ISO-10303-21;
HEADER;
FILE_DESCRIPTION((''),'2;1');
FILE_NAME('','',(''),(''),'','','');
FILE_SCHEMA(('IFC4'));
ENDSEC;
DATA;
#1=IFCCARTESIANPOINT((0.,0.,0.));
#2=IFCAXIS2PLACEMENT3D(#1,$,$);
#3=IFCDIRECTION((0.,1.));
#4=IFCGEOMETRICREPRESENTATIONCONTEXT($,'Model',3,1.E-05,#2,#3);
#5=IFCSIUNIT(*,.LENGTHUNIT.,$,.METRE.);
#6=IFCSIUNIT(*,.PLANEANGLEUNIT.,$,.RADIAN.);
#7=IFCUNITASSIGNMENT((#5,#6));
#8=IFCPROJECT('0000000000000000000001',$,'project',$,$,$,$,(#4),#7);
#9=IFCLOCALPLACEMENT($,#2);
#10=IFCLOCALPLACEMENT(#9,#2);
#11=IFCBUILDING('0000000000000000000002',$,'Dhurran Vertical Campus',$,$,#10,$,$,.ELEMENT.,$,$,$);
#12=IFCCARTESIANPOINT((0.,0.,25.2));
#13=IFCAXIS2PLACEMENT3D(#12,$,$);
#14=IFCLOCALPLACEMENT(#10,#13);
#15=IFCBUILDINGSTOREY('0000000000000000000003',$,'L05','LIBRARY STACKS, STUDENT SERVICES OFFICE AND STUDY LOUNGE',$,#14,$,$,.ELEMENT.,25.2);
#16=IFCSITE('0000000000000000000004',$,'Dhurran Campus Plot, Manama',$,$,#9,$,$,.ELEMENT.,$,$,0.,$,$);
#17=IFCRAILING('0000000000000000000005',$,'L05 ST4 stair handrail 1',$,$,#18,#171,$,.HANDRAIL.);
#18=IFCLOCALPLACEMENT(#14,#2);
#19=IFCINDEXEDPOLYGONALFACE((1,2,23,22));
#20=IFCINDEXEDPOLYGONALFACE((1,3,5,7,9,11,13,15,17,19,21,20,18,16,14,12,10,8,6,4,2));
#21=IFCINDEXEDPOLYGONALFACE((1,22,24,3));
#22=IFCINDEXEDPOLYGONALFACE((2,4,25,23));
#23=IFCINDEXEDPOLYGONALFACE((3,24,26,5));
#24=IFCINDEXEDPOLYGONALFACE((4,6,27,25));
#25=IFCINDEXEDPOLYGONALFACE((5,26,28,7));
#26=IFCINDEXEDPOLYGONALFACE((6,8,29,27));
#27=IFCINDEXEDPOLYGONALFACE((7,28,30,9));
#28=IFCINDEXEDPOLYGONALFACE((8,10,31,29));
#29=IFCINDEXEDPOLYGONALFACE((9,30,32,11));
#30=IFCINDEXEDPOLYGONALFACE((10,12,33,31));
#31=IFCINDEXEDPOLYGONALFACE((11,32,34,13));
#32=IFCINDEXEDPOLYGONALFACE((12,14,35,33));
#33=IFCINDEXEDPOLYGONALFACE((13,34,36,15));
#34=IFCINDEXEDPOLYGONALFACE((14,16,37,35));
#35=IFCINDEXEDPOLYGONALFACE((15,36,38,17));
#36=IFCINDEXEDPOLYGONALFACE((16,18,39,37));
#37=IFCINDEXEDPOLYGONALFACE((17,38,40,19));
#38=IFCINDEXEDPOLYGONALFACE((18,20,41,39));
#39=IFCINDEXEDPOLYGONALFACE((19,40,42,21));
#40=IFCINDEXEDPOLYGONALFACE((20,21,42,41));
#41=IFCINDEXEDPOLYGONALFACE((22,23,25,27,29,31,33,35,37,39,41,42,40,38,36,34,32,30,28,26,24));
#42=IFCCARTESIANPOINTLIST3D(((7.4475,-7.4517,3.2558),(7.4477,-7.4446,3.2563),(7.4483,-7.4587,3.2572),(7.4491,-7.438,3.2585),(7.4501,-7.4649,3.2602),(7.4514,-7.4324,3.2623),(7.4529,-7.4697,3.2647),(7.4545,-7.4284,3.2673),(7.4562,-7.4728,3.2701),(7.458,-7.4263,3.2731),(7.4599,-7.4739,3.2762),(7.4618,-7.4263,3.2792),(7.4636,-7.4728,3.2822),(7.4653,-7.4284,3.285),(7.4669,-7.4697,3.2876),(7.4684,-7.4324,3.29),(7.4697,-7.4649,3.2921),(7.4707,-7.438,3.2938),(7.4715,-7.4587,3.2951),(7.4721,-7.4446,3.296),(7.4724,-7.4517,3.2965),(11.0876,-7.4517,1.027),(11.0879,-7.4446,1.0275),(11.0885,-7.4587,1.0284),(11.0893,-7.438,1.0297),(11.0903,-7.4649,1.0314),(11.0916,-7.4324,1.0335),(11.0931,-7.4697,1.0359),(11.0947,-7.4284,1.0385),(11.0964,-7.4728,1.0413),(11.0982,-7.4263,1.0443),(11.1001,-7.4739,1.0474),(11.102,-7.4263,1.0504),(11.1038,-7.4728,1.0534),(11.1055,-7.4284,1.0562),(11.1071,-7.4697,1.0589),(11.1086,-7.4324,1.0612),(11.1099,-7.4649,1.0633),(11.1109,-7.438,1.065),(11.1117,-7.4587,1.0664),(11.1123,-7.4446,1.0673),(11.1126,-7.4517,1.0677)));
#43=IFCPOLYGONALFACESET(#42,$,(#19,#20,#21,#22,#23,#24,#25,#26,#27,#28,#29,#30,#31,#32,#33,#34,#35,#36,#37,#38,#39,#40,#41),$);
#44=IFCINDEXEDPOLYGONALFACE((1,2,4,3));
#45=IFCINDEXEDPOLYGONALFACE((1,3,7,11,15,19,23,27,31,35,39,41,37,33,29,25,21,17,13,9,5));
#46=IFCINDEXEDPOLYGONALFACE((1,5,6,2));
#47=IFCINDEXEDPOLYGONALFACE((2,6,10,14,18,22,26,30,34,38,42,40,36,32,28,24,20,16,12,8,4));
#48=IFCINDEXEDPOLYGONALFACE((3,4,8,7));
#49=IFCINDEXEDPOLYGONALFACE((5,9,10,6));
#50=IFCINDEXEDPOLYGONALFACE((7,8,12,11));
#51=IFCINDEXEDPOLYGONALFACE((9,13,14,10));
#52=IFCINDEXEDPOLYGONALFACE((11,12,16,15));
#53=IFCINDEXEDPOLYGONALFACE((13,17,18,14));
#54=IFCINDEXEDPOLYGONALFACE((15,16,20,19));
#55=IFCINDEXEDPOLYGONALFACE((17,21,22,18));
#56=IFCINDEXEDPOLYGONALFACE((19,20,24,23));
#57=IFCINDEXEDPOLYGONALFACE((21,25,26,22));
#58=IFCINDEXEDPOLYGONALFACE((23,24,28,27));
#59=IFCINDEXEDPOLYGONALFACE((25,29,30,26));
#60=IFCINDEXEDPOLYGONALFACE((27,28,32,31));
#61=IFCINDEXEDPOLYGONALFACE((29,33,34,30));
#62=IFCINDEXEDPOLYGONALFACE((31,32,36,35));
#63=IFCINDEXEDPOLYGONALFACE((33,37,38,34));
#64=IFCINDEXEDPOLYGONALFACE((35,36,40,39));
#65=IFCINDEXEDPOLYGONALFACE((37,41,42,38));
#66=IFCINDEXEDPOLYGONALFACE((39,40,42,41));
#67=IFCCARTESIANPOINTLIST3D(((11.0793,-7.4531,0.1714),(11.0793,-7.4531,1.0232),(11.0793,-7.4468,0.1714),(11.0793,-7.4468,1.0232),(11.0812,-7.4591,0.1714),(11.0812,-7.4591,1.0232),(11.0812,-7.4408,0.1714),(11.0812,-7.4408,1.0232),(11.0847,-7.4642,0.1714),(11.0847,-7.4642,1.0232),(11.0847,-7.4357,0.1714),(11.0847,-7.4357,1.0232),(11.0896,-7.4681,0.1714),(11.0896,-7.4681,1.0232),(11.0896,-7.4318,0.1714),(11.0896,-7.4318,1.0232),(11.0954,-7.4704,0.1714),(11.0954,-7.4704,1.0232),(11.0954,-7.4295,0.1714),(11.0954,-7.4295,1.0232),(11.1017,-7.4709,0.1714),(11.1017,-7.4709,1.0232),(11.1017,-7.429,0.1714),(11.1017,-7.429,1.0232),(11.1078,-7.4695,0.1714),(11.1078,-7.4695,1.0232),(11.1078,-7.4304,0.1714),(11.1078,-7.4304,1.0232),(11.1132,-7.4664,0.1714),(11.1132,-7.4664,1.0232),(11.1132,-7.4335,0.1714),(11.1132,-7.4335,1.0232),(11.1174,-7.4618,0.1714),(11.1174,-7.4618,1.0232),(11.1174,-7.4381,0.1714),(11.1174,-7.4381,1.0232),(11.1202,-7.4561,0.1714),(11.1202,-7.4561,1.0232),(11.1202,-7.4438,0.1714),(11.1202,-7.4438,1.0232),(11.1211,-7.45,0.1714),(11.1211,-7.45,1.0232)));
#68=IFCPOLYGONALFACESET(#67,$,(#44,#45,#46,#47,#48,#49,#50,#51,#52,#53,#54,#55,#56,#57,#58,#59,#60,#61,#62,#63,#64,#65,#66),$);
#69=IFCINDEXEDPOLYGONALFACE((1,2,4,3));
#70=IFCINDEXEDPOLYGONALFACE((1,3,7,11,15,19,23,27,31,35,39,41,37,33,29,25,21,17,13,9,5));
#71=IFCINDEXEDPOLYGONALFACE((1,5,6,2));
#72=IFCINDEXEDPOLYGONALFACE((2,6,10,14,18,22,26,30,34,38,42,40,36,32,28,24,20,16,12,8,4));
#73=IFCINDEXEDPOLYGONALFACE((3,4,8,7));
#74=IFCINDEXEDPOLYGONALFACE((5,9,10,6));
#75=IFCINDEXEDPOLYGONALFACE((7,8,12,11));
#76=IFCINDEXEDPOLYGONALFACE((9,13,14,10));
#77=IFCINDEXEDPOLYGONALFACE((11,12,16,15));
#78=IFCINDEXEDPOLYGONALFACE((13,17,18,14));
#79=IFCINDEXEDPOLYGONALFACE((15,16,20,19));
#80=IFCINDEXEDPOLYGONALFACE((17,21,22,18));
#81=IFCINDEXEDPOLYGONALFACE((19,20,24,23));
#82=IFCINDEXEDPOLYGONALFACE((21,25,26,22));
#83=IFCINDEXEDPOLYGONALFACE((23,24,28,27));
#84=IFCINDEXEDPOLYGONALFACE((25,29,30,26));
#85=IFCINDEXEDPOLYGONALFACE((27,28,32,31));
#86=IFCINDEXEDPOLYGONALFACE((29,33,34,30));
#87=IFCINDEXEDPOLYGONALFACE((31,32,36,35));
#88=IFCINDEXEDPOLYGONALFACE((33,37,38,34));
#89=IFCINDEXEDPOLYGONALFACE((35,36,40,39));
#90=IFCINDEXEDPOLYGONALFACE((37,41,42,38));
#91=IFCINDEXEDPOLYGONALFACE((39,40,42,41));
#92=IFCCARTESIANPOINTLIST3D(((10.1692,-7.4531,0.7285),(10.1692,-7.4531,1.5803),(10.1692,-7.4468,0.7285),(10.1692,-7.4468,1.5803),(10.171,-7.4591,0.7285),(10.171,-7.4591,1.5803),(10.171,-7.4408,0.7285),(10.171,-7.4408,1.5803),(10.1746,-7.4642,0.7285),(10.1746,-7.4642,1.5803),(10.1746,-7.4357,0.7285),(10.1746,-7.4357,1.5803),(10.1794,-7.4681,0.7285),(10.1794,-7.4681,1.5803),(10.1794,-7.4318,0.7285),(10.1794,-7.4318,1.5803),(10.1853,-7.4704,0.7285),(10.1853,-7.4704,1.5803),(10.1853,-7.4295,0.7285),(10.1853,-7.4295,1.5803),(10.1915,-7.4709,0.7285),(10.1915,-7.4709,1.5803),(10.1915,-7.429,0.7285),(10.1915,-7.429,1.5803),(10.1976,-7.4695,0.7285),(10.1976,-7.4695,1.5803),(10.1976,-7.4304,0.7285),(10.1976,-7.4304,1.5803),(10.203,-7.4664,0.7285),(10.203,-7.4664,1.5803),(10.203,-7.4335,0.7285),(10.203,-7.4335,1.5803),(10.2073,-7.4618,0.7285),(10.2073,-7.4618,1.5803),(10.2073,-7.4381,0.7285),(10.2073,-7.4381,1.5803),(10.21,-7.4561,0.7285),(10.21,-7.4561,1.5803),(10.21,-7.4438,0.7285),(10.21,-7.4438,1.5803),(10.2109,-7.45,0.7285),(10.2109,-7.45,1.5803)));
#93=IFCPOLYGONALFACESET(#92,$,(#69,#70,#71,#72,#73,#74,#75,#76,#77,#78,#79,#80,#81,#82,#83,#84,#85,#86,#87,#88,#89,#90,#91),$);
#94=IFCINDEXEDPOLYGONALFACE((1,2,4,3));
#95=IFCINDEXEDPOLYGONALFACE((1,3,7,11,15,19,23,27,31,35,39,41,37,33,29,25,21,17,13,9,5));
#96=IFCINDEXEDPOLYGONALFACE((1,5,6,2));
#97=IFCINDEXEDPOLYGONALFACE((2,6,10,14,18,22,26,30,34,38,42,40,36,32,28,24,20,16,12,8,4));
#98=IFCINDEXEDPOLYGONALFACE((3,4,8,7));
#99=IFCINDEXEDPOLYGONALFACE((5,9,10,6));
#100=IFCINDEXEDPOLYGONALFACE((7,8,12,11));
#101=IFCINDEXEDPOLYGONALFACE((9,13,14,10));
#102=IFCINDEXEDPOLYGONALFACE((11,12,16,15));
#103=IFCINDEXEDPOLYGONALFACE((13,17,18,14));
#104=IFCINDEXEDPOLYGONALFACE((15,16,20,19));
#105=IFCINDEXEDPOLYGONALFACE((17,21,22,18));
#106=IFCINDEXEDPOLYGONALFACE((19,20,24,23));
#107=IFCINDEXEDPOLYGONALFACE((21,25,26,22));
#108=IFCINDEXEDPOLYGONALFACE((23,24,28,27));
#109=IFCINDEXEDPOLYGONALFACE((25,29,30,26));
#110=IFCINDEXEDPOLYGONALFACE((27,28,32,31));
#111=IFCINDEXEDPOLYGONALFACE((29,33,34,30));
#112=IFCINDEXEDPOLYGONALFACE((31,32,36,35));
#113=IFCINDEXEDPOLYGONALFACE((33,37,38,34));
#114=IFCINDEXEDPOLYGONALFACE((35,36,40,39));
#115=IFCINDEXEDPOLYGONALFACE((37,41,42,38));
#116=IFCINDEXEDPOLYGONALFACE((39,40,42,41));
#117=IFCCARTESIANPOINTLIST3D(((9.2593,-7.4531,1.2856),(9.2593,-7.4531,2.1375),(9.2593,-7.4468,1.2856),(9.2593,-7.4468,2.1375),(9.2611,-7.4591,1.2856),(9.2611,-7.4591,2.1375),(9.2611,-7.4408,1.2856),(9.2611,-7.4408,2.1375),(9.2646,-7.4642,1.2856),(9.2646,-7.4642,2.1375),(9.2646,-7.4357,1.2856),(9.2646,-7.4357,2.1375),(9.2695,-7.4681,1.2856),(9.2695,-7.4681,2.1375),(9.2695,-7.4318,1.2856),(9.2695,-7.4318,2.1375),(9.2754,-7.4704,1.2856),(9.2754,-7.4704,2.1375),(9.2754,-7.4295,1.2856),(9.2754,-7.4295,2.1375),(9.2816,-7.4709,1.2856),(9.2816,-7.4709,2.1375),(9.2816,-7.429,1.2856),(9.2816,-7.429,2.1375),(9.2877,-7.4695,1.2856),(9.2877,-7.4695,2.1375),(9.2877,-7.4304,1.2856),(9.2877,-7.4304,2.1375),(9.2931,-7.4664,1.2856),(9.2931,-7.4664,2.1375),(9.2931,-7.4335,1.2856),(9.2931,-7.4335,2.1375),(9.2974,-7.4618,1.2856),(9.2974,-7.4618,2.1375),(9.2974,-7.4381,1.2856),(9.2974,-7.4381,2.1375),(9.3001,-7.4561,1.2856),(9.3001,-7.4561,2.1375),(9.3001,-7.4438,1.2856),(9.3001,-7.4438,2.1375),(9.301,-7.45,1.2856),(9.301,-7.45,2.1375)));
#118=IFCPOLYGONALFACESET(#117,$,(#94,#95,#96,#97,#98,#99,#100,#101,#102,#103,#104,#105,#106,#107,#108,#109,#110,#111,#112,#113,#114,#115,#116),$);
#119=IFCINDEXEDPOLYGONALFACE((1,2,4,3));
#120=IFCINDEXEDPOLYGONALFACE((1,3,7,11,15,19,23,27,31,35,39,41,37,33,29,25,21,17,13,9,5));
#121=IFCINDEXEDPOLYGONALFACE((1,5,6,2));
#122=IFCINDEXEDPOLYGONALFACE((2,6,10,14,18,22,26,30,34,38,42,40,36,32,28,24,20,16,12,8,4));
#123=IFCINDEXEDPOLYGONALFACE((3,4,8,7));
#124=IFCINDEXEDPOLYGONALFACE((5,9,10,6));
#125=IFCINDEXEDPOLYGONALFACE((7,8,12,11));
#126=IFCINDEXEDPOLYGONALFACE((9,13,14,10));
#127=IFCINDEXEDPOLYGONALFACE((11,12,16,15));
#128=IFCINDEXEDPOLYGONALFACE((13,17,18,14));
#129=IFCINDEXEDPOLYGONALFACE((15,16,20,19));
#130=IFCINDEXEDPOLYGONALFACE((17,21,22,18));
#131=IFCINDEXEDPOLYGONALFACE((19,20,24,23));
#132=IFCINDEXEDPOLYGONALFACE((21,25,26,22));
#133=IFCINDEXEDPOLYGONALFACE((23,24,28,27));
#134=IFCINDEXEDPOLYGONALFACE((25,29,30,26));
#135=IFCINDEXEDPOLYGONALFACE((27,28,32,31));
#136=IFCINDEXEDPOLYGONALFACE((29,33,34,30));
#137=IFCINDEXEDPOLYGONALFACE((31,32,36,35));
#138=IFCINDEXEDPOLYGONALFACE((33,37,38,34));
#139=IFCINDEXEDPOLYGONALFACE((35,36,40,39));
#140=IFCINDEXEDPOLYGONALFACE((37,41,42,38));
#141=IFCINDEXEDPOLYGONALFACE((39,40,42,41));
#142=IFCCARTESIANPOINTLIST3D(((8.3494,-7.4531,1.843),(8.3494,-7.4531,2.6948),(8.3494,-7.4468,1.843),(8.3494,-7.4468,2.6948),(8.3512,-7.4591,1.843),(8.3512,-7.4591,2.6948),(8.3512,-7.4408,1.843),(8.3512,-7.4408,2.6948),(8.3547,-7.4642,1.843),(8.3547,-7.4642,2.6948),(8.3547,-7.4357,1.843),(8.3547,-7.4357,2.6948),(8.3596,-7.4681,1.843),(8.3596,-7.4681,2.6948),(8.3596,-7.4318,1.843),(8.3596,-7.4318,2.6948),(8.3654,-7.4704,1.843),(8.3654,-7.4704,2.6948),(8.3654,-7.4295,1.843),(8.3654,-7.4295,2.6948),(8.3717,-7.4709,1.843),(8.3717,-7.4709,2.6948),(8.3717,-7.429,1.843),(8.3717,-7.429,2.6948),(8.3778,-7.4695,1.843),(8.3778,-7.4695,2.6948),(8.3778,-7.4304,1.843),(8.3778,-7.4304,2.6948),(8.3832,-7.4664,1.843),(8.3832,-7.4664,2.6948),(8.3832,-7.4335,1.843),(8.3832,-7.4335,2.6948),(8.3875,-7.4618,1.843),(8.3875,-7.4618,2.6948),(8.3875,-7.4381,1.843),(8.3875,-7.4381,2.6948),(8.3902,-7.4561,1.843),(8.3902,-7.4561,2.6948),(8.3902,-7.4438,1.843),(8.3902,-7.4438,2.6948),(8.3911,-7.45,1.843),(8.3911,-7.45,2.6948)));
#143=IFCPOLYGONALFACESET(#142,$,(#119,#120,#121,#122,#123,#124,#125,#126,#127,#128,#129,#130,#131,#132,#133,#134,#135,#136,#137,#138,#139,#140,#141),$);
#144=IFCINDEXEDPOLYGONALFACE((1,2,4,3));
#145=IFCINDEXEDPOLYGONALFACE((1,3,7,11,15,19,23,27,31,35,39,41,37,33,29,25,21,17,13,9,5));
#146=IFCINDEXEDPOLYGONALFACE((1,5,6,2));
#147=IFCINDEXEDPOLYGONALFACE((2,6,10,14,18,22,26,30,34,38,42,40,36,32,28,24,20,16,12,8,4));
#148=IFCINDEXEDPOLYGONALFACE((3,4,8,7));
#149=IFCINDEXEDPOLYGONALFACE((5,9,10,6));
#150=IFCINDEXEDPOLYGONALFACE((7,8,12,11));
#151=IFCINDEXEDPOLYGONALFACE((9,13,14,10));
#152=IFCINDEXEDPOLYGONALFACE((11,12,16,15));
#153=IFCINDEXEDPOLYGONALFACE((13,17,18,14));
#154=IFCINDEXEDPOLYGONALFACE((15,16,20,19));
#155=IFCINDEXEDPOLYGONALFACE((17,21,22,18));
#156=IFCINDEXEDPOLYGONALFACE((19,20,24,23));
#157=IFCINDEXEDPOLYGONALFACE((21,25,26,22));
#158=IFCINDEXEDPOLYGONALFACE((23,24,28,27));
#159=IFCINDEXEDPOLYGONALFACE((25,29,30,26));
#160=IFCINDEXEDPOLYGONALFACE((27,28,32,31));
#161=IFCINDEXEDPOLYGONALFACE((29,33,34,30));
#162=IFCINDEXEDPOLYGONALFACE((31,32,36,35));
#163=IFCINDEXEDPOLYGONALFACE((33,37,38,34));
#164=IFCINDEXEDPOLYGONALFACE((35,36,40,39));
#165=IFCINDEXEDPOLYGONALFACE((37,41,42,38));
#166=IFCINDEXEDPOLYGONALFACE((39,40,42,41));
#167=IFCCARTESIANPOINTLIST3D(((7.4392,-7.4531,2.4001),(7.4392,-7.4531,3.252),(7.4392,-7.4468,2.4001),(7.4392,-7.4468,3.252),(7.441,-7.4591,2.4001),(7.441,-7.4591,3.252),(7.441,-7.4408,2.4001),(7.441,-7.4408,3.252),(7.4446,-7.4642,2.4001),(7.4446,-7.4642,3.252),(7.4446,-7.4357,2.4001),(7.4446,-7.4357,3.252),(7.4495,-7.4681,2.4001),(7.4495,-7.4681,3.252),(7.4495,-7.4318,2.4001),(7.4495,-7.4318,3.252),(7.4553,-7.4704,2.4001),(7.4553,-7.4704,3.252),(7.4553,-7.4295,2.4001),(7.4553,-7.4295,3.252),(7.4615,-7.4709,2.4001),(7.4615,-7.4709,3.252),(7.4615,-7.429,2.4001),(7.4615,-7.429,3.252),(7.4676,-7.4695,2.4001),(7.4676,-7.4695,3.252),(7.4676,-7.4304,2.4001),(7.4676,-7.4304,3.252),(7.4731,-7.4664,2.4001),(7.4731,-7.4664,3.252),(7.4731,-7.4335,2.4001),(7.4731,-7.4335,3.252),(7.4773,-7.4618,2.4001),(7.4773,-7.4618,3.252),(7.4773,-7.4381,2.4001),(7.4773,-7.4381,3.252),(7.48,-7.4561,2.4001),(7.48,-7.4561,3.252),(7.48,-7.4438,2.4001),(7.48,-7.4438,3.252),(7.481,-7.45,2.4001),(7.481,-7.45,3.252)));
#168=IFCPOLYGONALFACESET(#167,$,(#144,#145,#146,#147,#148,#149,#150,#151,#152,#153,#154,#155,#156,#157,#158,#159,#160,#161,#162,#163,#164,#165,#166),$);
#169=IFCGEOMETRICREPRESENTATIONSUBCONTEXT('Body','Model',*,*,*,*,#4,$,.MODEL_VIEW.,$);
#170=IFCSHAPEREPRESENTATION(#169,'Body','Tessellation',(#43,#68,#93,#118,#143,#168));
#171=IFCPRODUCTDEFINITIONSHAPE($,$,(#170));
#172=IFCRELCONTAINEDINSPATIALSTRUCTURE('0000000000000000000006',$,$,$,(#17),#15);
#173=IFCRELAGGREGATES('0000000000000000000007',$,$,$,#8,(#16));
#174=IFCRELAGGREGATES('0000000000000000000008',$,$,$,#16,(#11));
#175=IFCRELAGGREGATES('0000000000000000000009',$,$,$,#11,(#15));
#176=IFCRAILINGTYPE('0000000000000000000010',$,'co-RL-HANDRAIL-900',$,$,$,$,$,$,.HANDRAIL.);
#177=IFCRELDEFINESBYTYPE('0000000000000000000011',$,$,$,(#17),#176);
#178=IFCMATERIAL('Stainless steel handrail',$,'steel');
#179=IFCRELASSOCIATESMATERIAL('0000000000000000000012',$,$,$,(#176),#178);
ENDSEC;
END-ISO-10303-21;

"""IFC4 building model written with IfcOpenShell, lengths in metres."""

from ifc_helpers import new_model, si_unit, direction, frame, origin, origin_2d, place, context, subcontext, project, spatial, circle, extrude, material, type_object, element, save


model = new_model("IFC4")

# Units and contexts
model_context = context("Model", 3, precision=1e-05, world=origin(), true_north=direction((0.0, 1.0)))
body_context = subcontext(model_context, "Body", "Model", "MODEL_VIEW")
ifc_project = project(units=[si_unit("LENGTHUNIT", "METRE"), si_unit("PLANEANGLEUNIT", "RADIAN")], contexts=[model_context])

# Site, building, storey
site_placement = place(None, origin())
site = spatial("IfcSite", under=ifc_project, at=site_placement, Name="Dhurran Campus Plot, Manama", CompositionType="ELEMENT", RefElevation=0.0)
building_placement = place(site_placement, origin())
building = spatial("IfcBuilding", under=site, at=building_placement, Name="Dhurran Vertical Campus", CompositionType="ELEMENT")
storey_placement = place(building_placement, frame((0.0, 0.0, 25.2)))
storey = spatial("IfcBuildingStorey", under=building, at=storey_placement, Name="L05", Description="LIBRARY STACKS, STUDENT SERVICES OFFICE AND STUDY LOUNGE", CompositionType="ELEMENT", Elevation=25.2)

# Railing
ifc_material_1 = material(Name="Stainless steel handrail", Category="steel")
railing_type_1 = type_object("IfcRailingType", Name="co-RL-HANDRAIL-900", PredefinedType="HANDRAIL", material=ifc_material_1)
railing_1_placement = place(storey_placement, frame((11.1001, -7.45, 0.1714)))
element("IfcRailing", 1, at=railing_1_placement, inside=storey, type_object=railing_type_1, Name="L05 ST4 stair handrail 1", PredefinedType="HANDRAIL", context=body_context, shape_type="SweptSolid", body=[
    extrude(circle(Radius=0.0239, at=origin_2d()), frame((0.0, 0.0, 0.876), z_axis=(-0.85284, 0.0, 0.522172), x_axis=(0.0, -1.0, 0.0)), (0.0, 0.0, 1.0), 4.2683),
    extrude(circle(Radius=0.021, at=origin_2d()), origin(), (0.0, 0.0, 1.0), 0.8518),
    extrude(circle(Radius=0.021, at=origin_2d()), frame((-0.9102, 0.0, 0.5571)), (0.0, 0.0, 1.0), 0.8518),
    extrude(circle(Radius=0.021, at=origin_2d()), frame((-1.8201, 0.0, 1.1143)), (0.0, 0.0, 1.0), 0.8518),
    extrude(circle(Radius=0.021, at=origin_2d()), frame((-2.73, 0.0, 1.6716)), (0.0, 0.0, 1.0), 0.8518),
    extrude(circle(Radius=0.021, at=origin_2d()), frame((-3.6401, 0.0, 2.2288)), (0.0, 0.0, 1.0), 0.8518),
])

save(model, "model.ifc")
